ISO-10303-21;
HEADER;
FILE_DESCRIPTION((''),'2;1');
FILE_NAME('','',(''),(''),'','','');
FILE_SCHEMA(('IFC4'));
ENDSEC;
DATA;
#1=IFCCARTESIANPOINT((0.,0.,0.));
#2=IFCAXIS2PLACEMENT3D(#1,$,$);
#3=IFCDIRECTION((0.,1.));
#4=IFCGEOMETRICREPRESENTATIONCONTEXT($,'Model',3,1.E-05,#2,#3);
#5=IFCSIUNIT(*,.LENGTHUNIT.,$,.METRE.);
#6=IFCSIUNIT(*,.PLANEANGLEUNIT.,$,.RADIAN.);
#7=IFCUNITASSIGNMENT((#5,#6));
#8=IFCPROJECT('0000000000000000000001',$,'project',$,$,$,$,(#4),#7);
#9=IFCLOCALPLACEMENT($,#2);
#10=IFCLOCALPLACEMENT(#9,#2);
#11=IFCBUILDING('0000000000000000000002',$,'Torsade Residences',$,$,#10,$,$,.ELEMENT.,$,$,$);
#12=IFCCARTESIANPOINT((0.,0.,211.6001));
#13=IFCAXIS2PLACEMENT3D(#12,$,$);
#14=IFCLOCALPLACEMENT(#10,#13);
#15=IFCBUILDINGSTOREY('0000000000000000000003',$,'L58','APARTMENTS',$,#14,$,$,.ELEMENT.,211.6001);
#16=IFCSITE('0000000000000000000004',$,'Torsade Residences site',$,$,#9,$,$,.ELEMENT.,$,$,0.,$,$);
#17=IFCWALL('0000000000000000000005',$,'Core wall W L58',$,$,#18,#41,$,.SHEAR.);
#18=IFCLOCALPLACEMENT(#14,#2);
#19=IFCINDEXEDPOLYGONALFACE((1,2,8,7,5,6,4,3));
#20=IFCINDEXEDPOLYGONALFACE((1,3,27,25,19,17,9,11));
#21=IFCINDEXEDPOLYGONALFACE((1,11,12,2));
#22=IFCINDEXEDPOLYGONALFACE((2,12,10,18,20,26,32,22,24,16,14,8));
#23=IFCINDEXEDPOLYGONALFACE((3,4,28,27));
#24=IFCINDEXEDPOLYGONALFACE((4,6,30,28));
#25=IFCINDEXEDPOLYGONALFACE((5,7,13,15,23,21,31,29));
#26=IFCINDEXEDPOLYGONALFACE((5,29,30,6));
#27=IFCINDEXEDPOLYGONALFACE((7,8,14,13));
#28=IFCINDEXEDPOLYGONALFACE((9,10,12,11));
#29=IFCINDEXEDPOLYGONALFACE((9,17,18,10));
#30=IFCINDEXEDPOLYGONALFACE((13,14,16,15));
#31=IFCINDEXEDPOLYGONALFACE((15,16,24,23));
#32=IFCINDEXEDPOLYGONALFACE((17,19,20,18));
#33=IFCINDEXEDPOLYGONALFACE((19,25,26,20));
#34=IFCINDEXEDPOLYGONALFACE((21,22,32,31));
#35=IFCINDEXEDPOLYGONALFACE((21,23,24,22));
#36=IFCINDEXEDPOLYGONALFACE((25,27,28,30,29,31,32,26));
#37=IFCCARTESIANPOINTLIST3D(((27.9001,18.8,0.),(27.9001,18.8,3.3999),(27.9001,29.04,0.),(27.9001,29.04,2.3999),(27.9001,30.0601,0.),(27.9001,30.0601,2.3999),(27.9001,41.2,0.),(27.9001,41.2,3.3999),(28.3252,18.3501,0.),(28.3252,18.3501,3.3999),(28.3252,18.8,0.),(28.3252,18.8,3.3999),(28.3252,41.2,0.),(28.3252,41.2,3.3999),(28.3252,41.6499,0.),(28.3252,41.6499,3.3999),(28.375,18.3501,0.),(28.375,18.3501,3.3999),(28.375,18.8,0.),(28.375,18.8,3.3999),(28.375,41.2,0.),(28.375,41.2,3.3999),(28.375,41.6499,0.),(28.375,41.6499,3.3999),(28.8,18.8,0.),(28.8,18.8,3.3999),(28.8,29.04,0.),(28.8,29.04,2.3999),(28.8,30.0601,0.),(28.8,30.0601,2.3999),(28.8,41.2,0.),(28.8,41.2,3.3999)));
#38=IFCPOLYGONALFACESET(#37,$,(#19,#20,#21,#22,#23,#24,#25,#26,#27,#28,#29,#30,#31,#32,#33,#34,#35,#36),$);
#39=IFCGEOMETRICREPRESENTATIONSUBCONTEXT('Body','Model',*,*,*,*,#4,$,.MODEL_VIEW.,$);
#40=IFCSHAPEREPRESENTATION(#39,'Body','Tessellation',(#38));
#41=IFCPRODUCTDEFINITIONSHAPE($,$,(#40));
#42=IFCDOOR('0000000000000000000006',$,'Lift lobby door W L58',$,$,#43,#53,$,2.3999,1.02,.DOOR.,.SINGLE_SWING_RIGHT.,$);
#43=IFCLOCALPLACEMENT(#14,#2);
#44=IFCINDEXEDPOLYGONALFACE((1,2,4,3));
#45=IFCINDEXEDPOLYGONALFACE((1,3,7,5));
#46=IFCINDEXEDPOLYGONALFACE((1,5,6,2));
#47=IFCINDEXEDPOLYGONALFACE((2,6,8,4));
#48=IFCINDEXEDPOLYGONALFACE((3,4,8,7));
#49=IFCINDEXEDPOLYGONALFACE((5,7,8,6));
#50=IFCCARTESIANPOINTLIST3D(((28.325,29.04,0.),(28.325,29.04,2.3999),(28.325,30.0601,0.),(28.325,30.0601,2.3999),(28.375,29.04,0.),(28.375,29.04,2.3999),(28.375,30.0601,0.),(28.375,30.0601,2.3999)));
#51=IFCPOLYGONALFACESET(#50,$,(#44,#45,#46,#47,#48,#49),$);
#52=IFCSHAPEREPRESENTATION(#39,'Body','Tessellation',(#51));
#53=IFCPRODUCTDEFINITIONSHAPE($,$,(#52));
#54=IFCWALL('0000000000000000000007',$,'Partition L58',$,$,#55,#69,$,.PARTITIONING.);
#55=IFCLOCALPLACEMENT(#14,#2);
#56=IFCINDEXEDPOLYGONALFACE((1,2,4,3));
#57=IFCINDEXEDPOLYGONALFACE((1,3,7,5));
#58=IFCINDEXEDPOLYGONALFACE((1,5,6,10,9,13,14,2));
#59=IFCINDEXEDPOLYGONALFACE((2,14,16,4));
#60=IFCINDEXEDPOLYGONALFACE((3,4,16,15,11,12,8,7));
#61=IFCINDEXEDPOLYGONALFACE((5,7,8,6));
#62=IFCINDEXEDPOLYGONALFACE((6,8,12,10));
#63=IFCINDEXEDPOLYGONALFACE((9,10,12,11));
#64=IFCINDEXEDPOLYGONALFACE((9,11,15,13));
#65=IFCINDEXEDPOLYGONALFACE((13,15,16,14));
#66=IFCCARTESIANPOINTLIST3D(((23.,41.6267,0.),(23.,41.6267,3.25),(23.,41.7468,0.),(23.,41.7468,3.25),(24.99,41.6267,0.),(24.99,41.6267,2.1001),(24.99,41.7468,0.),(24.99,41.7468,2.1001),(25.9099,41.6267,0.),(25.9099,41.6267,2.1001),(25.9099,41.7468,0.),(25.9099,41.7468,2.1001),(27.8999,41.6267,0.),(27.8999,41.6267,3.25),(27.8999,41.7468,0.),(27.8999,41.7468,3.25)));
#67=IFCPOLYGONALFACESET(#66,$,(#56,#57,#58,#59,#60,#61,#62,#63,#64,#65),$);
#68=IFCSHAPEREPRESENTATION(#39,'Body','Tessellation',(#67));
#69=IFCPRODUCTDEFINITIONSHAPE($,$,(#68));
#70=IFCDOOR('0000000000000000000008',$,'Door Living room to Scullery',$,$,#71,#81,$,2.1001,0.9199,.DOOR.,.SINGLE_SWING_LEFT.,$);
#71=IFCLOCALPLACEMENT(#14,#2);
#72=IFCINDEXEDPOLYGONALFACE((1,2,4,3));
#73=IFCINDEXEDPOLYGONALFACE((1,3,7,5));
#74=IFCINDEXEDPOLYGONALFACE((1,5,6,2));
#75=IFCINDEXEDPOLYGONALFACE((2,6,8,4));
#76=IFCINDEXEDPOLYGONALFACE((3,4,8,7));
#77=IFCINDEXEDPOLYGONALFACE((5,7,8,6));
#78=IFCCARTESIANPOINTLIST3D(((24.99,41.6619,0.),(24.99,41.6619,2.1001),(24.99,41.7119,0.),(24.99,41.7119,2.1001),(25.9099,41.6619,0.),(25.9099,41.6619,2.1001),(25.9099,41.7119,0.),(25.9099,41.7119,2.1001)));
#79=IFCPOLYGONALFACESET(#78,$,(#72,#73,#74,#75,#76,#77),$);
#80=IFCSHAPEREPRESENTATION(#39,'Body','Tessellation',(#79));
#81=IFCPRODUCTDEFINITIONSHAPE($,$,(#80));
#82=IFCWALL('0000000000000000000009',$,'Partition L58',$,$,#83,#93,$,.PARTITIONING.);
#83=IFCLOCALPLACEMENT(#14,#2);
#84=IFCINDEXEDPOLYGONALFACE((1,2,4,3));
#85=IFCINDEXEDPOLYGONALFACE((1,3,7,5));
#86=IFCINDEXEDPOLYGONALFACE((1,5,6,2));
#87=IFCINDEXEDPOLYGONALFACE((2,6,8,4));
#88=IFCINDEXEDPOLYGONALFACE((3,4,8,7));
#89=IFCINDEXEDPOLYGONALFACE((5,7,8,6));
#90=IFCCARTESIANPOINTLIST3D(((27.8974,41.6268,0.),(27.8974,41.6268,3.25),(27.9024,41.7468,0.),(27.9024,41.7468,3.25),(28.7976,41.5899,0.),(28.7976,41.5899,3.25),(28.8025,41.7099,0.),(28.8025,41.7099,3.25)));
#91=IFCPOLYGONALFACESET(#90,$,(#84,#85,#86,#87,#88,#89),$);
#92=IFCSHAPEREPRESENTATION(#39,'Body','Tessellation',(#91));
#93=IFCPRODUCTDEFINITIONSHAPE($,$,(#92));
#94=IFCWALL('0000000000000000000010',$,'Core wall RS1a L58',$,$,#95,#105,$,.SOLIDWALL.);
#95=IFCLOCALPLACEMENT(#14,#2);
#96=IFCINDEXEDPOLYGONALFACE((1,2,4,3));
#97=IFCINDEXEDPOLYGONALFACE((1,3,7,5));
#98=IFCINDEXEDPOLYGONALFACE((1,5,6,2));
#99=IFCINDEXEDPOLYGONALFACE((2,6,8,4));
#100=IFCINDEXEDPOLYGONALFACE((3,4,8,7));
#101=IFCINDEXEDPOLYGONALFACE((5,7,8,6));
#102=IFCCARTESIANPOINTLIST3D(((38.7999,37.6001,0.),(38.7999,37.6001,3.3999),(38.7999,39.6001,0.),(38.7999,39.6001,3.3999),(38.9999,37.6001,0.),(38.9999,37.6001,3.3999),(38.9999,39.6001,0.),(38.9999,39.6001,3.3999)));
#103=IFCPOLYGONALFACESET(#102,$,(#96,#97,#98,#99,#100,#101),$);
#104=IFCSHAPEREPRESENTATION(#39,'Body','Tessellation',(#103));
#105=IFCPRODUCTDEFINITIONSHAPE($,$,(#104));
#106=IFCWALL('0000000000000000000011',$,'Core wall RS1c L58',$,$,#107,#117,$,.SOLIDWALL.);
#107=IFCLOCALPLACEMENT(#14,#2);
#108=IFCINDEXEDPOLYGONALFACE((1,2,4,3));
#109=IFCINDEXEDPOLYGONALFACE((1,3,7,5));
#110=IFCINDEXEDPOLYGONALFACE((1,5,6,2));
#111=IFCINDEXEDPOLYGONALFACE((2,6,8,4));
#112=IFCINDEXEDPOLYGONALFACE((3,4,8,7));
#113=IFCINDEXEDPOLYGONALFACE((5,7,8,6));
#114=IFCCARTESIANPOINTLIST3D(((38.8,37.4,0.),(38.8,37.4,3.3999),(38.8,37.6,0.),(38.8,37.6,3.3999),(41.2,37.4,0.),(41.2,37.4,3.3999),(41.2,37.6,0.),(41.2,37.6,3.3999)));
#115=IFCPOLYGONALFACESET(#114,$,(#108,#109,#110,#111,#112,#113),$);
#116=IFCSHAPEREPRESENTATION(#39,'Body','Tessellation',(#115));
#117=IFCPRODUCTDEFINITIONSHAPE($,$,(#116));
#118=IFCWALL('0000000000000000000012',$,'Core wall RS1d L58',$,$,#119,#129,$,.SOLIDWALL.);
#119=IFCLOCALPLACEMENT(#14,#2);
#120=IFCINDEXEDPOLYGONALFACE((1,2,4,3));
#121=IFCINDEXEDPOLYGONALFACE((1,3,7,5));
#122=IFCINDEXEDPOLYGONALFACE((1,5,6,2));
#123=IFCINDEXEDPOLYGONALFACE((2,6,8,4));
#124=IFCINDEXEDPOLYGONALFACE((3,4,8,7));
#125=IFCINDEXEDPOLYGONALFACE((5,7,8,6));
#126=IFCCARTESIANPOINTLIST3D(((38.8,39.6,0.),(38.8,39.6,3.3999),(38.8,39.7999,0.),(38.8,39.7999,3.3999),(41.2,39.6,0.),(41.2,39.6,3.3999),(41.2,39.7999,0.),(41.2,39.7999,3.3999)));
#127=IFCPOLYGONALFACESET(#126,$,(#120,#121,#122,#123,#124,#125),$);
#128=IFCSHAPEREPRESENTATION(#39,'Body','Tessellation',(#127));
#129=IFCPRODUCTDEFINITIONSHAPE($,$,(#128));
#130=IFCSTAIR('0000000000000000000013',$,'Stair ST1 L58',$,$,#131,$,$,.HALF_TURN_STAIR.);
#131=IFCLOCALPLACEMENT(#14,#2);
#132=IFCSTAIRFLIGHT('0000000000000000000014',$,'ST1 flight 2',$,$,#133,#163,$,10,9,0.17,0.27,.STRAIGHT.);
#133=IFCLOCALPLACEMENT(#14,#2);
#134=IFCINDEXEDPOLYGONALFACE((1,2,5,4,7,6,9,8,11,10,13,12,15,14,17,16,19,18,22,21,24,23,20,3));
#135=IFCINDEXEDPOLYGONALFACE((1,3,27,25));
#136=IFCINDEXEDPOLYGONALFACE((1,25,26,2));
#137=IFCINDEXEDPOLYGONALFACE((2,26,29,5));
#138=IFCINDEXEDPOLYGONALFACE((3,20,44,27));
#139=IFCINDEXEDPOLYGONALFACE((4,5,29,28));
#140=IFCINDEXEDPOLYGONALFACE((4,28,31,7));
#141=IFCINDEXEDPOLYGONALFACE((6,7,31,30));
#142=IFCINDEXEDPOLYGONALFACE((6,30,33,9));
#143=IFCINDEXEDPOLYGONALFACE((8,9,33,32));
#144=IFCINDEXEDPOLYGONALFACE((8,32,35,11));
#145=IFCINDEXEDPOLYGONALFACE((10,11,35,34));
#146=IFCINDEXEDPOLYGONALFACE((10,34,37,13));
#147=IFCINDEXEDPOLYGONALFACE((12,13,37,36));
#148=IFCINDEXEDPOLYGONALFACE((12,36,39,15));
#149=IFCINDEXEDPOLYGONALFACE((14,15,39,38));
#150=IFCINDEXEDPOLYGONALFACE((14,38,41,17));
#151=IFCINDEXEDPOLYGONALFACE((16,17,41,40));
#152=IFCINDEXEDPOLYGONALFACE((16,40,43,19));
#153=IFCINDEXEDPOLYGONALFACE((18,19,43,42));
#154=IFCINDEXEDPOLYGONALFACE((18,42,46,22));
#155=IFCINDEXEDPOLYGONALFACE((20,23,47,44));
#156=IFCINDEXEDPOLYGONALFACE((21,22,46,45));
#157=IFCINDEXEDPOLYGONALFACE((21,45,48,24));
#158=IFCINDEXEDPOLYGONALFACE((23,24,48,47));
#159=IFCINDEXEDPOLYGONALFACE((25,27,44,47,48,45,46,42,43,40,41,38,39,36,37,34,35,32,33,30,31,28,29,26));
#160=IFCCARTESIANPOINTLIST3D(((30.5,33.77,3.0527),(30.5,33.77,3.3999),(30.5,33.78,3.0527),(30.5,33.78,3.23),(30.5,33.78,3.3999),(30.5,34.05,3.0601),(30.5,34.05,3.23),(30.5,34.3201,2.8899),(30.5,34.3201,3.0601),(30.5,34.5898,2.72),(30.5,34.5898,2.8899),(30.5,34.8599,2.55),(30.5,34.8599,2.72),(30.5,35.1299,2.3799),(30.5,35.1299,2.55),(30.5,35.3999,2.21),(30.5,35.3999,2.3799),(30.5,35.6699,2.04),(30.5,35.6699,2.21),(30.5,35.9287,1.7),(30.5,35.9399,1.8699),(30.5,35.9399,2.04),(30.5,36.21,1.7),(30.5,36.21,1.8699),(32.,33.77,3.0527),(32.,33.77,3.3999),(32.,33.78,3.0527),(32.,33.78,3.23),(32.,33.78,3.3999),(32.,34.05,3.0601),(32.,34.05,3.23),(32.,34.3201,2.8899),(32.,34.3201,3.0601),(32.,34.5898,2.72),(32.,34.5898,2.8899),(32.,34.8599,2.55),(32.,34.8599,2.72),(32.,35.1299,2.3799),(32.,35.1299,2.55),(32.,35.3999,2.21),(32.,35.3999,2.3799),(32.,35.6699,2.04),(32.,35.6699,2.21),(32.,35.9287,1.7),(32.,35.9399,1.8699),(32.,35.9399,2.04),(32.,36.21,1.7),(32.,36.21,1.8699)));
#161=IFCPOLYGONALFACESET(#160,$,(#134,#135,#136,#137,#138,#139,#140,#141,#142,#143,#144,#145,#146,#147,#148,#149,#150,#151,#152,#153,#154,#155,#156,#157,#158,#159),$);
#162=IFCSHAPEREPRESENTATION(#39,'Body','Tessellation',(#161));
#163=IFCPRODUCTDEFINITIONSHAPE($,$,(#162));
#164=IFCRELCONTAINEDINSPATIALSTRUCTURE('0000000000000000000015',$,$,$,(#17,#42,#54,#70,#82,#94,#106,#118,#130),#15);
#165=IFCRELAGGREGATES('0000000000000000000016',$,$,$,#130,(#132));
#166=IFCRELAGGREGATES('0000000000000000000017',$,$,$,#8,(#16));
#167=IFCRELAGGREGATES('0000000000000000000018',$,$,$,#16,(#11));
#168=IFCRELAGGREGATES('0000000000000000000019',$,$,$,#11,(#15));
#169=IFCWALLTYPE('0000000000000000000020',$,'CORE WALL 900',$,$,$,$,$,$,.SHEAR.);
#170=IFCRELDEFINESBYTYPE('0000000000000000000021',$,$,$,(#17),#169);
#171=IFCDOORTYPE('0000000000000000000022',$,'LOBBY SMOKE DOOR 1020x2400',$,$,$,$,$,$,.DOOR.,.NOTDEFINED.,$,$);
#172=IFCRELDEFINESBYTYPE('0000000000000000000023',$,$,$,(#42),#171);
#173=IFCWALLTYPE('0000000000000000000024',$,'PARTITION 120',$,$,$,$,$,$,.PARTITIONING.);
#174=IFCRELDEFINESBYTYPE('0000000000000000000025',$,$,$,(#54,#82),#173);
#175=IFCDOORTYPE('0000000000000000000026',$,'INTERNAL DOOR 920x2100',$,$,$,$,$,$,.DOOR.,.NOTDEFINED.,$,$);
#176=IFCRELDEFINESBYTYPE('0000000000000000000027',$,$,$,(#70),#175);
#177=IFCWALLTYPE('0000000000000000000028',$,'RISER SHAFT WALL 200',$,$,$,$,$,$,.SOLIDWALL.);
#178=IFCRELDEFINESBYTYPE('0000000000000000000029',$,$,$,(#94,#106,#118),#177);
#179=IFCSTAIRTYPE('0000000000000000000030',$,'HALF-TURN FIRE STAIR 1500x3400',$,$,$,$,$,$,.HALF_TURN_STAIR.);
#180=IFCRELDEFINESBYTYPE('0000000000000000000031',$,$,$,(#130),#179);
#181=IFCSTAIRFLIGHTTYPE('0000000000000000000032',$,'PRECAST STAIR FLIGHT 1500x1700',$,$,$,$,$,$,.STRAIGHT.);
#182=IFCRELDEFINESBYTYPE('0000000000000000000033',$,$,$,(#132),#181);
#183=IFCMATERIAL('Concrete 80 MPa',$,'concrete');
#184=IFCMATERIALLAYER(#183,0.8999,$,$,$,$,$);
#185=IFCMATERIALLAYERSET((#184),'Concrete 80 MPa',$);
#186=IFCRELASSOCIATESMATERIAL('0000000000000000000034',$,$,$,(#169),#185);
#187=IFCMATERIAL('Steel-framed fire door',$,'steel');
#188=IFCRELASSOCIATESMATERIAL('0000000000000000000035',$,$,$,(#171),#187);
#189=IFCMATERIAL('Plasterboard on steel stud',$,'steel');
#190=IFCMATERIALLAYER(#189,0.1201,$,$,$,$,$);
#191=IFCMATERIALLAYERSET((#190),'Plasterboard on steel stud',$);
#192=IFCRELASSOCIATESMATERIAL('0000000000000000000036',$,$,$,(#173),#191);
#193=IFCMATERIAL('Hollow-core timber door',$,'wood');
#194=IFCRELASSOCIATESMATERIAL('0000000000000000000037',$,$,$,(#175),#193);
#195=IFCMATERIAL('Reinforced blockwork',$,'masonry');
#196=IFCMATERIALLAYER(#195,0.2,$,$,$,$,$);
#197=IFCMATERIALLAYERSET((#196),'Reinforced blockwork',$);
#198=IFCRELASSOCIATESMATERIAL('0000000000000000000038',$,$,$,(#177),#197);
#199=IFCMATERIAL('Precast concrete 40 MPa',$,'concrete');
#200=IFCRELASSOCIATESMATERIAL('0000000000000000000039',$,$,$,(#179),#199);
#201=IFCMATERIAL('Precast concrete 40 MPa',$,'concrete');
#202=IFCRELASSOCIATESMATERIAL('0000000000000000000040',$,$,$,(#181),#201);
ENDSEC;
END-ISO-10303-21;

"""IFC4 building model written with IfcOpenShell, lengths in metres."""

from ifc_helpers import new_model, si_unit, direction, frame, frame_2d, origin, place, context, subcontext, project, spatial, polyline, rectangle, outline, extrude, material, layer, layer_set, type_object, element, fill, aggregate, save


model = new_model("IFC4")

# Units and contexts
model_context = context("Model", 3, precision=1e-05, world=origin(), true_north=direction((0.0, 1.0)))
body_context = subcontext(model_context, "Body", "Model", "MODEL_VIEW")
ifc_project = project(units=[si_unit("LENGTHUNIT", "METRE"), si_unit("PLANEANGLEUNIT", "RADIAN")], contexts=[model_context])

# Site, building, storey
site_placement = place(None, origin())
site = spatial("IfcSite", under=ifc_project, at=site_placement, Name="Torsade Residences site", CompositionType="ELEMENT", RefElevation=0.0)
building_placement = place(site_placement, origin())
building = spatial("IfcBuilding", under=site, at=building_placement, Name="Torsade Residences", CompositionType="ELEMENT")
storey_placement = place(building_placement, frame((0.0, 0.0, 211.6001)))
storey = spatial("IfcBuildingStorey", under=building, at=storey_placement, Name="L58", Description="APARTMENTS", CompositionType="ELEMENT", Elevation=211.6001)

# Shared definitions
ifc_material_1 = material(Name="Concrete 80 MPa", Category="concrete")
ifc_layer_1 = layer(ifc_material_1, 0.8999)
ifc_layer_set_1 = layer_set([ifc_layer_1], Name="Concrete 80 MPa")
wall_type_1 = type_object("IfcWallType", Name="CORE WALL 900", PredefinedType="SHEAR", material=ifc_layer_set_1)

# Walls, openings, doors
wall_1_placement = place(storey_placement, frame((28.3501, 41.2, 0.0), z_axis=(0.0, 0.0, 1.0), x_axis=(0.0, -1.0, 0.0)))
wall_1 = element("IfcWall", 1, at=wall_1_placement, inside=storey, type_object=wall_type_1, Name="Core wall W L58", PredefinedType="SHEAR", context=body_context, shape_type="SweptSolid", body=[
    extrude(outline(polyline([(0.0, -0.45), (22.3999, -0.45), (22.3999, -0.0249), (22.8499, -0.0249), (22.8499, 0.0249), (22.3999, 0.0249), (22.3999, 0.45), (0.0, 0.45), (0.0, 0.0249), (-0.45, 0.0249), (-0.45, -0.0249), (0.0, -0.0249), (0.0, -0.45)])), origin(), (0.0, 0.0, 1.0), 3.3999),
])
opening_1_placement = place(wall_1_placement, frame((11.1399, 0.0, 0.0)))
opening_1 = element("IfcOpeningElement", 2, at=opening_1_placement, cuts=wall_1, PredefinedType="OPENING", context=body_context, shape_type="SweptSolid", body=[
    extrude(rectangle(XDim=1.02, YDim=2.3999, at=frame_2d((0.51, 1.2))), frame((0.0, 0.46, 0.0), z_axis=(0.0, -1.0, 0.0), x_axis=(1.0, 0.0, 0.0)), (0.0, 0.0, 1.0), 0.9199),
])
ifc_material_2 = material(Name="Steel-framed fire door", Category="steel")
door_type_1 = type_object("IfcDoorType", Name="LOBBY SMOKE DOOR 1020x2400", OperationType="NOTDEFINED", PredefinedType="DOOR", material=ifc_material_2)
door_1_placement = place(opening_1_placement, origin())
door_1 = element("IfcDoor", 3, at=door_1_placement, inside=storey, type_object=door_type_1, Name="Lift lobby door W L58", OperationType="SINGLE_SWING_RIGHT", OverallHeight=2.3999, OverallWidth=1.02, PredefinedType="DOOR", context=body_context, shape_type="SweptSolid", body=[
    extrude(rectangle(XDim=1.02, YDim=2.3999, at=frame_2d((0.51, 1.2))), frame((0.0, 0.0249, 0.0), z_axis=(0.0, -1.0, 0.0), x_axis=(1.0, 0.0, 0.0)), (0.0, 0.0, 1.0), 0.05),
])
fill(opening_1, door_1)
ifc_material_3 = material(Name="Plasterboard on steel stud", Category="steel")
ifc_layer_2 = layer(ifc_material_3, 0.1201)
ifc_layer_set_2 = layer_set([ifc_layer_2], Name="Plasterboard on steel stud")
wall_type_2 = type_object("IfcWallType", Name="PARTITION 120", PredefinedType="PARTITIONING", material=ifc_layer_set_2)
wall_2_placement = place(storey_placement, frame((27.8999, 41.6868, 0.0), z_axis=(0.0, 0.0, 1.0), x_axis=(-1.0, 0.0, 0.0)))
wall_2 = element("IfcWall", 4, at=wall_2_placement, inside=storey, type_object=wall_type_2, Name="Partition L58", PredefinedType="PARTITIONING", context=body_context, shape_type="SweptSolid", body=[
    extrude(rectangle(XDim=4.8999, YDim=0.1201, at=frame_2d((2.45, 0.0))), origin(), (0.0, 0.0, 1.0), 3.25),
])
opening_2_placement = place(wall_2_placement, frame((1.99, 0.0, 0.0)))
opening_2 = element("IfcOpeningElement", 5, at=opening_2_placement, cuts=wall_2, PredefinedType="OPENING", context=body_context, shape_type="SweptSolid", body=[
    extrude(rectangle(XDim=0.9199, YDim=2.1001, at=frame_2d((0.46, 1.05))), frame((0.0, 0.0701, 0.0), z_axis=(0.0, -1.0, 0.0), x_axis=(1.0, 0.0, 0.0)), (0.0, 0.0, 1.0), 0.1401),
])
ifc_material_4 = material(Name="Hollow-core timber door", Category="wood")
door_type_2 = type_object("IfcDoorType", Name="INTERNAL DOOR 920x2100", OperationType="NOTDEFINED", PredefinedType="DOOR", material=ifc_material_4)
door_2_placement = place(opening_2_placement, origin())
door_2 = element("IfcDoor", 6, at=door_2_placement, inside=storey, type_object=door_type_2, Name="Door Living room to Scullery", OperationType="SINGLE_SWING_LEFT", OverallHeight=2.1001, OverallWidth=0.9199, PredefinedType="DOOR", context=body_context, shape_type="SweptSolid", body=[
    extrude(rectangle(XDim=0.9199, YDim=2.1001, at=frame_2d((0.46, 1.05))), frame((0.0, 0.0249, 0.0), z_axis=(0.0, -1.0, 0.0), x_axis=(1.0, 0.0, 0.0)), (0.0, 0.0, 1.0), 0.05),
])
fill(opening_2, door_2)

# Walls
wall_3_placement = place(storey_placement, frame((27.8999, 41.6868, 0.0), z_axis=(0.0, 0.0, 1.0), x_axis=(0.999162, -0.04092, 0.0)))
element("IfcWall", 7, at=wall_3_placement, inside=storey, type_object=wall_type_2, Name="Partition L58", PredefinedType="PARTITIONING", context=body_context, shape_type="SweptSolid", body=[
    extrude(rectangle(XDim=0.9009, YDim=0.1201, at=frame_2d((0.4504, 0.0))), origin(), (0.0, 0.0, 1.0), 3.25),
])
ifc_material_5 = material(Name="Reinforced blockwork", Category="masonry")
ifc_layer_3 = layer(ifc_material_5, 0.2)
ifc_layer_set_3 = layer_set([ifc_layer_3], Name="Reinforced blockwork")
wall_type_3 = type_object("IfcWallType", Name="RISER SHAFT WALL 200", PredefinedType="SOLIDWALL", material=ifc_layer_set_3)
wall_4_placement = place(storey_placement, frame((38.8999, 37.6001, 0.0), z_axis=(0.0, 0.0, 1.0), x_axis=(0.0, 1.0, 0.0)))
element("IfcWall", 8, at=wall_4_placement, inside=storey, type_object=wall_type_3, Name="Core wall RS1a L58", PredefinedType="SOLIDWALL", context=body_context, shape_type="SweptSolid", body=[
    extrude(rectangle(XDim=2.0, YDim=0.2, at=frame_2d((1.0, 0.0))), origin(), (0.0, 0.0, 1.0), 3.3999),
])
for number, where, z_axis, x_axis, name in (
    (9, (38.8, 37.5, 0.0), (0.0, 0.0, 1.0), (1.0, 0.0, 0.0), "Core wall RS1c L58"),
    (10, (38.8, 39.7, 0.0), (0.0, 0.0, 1.0), (1.0, 0.0, 0.0), "Core wall RS1d L58"),
):
    element("IfcWall", number, at=place(storey_placement, frame(where, z_axis=z_axis, x_axis=x_axis)), inside=storey, type_object=wall_type_3, Name=name, PredefinedType="SOLIDWALL", context=body_context, shape_type="SweptSolid", body=[
        extrude(rectangle(XDim=2.3999, YDim=0.2, at=frame_2d((1.2, 0.0))), origin(), (0.0, 0.0, 1.0), 3.3999),
    ])

# Stair, stair flight
ifc_material_6 = material(Name="Precast concrete 40 MPa", Category="concrete")
stair_type = type_object("IfcStairType", Name="HALF-TURN FIRE STAIR 1500x3400", PredefinedType="HALF_TURN_STAIR", material=ifc_material_6)
stair_placement = place(storey_placement, origin())
stair = element("IfcStair", 11, at=stair_placement, inside=storey, type_object=stair_type, Name="Stair ST1 L58", PredefinedType="HALF_TURN_STAIR")
ifc_material_7 = material(Name="Precast concrete 40 MPa", Category="concrete")
stair_flight_type = type_object("IfcStairFlightType", Name="PRECAST STAIR FLIGHT 1500x1700", PredefinedType="STRAIGHT", material=ifc_material_7)
stair_flight_placement = place(storey_placement, frame((31.25, 36.21, 1.7), z_axis=(0.0, 0.0, 1.0), x_axis=(0.0, -1.0, 0.0)))
stair_flight = element("IfcStairFlight", 12, at=stair_flight_placement, type_object=stair_flight_type, Name="ST1 flight 2", NumberOfRisers=10, NumberOfTreads=9, PredefinedType="STRAIGHT", RiserHeight=0.17, TreadLength=0.27, context=body_context, shape_type="SweptSolid", body=[
    extrude(outline(polyline([(0.0, 0.0), (0.0, 0.1699), (0.27, 0.1699), (0.27, 0.3401), (0.54, 0.3401), (0.54, 0.51), (0.8101, 0.51), (0.8101, 0.6799), (1.0801, 0.6799), (1.0801, 0.8501), (1.3501, 0.8501), (1.3501, 1.02), (1.6201, 1.02), (1.6201, 1.1899), (1.8899, 1.1899), (1.8899, 1.3601), (2.1599, 1.3601), (2.1599, 1.53), (2.4299, 1.53), (2.4299, 1.7), (2.4399, 1.7), (2.4399, 1.3528), (2.4299, 1.3528), (0.2812, 0.0), (0.0, 0.0)])), frame((0.0, 0.75, 0.0), z_axis=(0.0, -1.0, 0.0), x_axis=(1.0, 0.0, 0.0)), (0.0, 0.0, 1.0), 1.5),
])
aggregate(stair, [stair_flight])

save(model, "model.ifc")
